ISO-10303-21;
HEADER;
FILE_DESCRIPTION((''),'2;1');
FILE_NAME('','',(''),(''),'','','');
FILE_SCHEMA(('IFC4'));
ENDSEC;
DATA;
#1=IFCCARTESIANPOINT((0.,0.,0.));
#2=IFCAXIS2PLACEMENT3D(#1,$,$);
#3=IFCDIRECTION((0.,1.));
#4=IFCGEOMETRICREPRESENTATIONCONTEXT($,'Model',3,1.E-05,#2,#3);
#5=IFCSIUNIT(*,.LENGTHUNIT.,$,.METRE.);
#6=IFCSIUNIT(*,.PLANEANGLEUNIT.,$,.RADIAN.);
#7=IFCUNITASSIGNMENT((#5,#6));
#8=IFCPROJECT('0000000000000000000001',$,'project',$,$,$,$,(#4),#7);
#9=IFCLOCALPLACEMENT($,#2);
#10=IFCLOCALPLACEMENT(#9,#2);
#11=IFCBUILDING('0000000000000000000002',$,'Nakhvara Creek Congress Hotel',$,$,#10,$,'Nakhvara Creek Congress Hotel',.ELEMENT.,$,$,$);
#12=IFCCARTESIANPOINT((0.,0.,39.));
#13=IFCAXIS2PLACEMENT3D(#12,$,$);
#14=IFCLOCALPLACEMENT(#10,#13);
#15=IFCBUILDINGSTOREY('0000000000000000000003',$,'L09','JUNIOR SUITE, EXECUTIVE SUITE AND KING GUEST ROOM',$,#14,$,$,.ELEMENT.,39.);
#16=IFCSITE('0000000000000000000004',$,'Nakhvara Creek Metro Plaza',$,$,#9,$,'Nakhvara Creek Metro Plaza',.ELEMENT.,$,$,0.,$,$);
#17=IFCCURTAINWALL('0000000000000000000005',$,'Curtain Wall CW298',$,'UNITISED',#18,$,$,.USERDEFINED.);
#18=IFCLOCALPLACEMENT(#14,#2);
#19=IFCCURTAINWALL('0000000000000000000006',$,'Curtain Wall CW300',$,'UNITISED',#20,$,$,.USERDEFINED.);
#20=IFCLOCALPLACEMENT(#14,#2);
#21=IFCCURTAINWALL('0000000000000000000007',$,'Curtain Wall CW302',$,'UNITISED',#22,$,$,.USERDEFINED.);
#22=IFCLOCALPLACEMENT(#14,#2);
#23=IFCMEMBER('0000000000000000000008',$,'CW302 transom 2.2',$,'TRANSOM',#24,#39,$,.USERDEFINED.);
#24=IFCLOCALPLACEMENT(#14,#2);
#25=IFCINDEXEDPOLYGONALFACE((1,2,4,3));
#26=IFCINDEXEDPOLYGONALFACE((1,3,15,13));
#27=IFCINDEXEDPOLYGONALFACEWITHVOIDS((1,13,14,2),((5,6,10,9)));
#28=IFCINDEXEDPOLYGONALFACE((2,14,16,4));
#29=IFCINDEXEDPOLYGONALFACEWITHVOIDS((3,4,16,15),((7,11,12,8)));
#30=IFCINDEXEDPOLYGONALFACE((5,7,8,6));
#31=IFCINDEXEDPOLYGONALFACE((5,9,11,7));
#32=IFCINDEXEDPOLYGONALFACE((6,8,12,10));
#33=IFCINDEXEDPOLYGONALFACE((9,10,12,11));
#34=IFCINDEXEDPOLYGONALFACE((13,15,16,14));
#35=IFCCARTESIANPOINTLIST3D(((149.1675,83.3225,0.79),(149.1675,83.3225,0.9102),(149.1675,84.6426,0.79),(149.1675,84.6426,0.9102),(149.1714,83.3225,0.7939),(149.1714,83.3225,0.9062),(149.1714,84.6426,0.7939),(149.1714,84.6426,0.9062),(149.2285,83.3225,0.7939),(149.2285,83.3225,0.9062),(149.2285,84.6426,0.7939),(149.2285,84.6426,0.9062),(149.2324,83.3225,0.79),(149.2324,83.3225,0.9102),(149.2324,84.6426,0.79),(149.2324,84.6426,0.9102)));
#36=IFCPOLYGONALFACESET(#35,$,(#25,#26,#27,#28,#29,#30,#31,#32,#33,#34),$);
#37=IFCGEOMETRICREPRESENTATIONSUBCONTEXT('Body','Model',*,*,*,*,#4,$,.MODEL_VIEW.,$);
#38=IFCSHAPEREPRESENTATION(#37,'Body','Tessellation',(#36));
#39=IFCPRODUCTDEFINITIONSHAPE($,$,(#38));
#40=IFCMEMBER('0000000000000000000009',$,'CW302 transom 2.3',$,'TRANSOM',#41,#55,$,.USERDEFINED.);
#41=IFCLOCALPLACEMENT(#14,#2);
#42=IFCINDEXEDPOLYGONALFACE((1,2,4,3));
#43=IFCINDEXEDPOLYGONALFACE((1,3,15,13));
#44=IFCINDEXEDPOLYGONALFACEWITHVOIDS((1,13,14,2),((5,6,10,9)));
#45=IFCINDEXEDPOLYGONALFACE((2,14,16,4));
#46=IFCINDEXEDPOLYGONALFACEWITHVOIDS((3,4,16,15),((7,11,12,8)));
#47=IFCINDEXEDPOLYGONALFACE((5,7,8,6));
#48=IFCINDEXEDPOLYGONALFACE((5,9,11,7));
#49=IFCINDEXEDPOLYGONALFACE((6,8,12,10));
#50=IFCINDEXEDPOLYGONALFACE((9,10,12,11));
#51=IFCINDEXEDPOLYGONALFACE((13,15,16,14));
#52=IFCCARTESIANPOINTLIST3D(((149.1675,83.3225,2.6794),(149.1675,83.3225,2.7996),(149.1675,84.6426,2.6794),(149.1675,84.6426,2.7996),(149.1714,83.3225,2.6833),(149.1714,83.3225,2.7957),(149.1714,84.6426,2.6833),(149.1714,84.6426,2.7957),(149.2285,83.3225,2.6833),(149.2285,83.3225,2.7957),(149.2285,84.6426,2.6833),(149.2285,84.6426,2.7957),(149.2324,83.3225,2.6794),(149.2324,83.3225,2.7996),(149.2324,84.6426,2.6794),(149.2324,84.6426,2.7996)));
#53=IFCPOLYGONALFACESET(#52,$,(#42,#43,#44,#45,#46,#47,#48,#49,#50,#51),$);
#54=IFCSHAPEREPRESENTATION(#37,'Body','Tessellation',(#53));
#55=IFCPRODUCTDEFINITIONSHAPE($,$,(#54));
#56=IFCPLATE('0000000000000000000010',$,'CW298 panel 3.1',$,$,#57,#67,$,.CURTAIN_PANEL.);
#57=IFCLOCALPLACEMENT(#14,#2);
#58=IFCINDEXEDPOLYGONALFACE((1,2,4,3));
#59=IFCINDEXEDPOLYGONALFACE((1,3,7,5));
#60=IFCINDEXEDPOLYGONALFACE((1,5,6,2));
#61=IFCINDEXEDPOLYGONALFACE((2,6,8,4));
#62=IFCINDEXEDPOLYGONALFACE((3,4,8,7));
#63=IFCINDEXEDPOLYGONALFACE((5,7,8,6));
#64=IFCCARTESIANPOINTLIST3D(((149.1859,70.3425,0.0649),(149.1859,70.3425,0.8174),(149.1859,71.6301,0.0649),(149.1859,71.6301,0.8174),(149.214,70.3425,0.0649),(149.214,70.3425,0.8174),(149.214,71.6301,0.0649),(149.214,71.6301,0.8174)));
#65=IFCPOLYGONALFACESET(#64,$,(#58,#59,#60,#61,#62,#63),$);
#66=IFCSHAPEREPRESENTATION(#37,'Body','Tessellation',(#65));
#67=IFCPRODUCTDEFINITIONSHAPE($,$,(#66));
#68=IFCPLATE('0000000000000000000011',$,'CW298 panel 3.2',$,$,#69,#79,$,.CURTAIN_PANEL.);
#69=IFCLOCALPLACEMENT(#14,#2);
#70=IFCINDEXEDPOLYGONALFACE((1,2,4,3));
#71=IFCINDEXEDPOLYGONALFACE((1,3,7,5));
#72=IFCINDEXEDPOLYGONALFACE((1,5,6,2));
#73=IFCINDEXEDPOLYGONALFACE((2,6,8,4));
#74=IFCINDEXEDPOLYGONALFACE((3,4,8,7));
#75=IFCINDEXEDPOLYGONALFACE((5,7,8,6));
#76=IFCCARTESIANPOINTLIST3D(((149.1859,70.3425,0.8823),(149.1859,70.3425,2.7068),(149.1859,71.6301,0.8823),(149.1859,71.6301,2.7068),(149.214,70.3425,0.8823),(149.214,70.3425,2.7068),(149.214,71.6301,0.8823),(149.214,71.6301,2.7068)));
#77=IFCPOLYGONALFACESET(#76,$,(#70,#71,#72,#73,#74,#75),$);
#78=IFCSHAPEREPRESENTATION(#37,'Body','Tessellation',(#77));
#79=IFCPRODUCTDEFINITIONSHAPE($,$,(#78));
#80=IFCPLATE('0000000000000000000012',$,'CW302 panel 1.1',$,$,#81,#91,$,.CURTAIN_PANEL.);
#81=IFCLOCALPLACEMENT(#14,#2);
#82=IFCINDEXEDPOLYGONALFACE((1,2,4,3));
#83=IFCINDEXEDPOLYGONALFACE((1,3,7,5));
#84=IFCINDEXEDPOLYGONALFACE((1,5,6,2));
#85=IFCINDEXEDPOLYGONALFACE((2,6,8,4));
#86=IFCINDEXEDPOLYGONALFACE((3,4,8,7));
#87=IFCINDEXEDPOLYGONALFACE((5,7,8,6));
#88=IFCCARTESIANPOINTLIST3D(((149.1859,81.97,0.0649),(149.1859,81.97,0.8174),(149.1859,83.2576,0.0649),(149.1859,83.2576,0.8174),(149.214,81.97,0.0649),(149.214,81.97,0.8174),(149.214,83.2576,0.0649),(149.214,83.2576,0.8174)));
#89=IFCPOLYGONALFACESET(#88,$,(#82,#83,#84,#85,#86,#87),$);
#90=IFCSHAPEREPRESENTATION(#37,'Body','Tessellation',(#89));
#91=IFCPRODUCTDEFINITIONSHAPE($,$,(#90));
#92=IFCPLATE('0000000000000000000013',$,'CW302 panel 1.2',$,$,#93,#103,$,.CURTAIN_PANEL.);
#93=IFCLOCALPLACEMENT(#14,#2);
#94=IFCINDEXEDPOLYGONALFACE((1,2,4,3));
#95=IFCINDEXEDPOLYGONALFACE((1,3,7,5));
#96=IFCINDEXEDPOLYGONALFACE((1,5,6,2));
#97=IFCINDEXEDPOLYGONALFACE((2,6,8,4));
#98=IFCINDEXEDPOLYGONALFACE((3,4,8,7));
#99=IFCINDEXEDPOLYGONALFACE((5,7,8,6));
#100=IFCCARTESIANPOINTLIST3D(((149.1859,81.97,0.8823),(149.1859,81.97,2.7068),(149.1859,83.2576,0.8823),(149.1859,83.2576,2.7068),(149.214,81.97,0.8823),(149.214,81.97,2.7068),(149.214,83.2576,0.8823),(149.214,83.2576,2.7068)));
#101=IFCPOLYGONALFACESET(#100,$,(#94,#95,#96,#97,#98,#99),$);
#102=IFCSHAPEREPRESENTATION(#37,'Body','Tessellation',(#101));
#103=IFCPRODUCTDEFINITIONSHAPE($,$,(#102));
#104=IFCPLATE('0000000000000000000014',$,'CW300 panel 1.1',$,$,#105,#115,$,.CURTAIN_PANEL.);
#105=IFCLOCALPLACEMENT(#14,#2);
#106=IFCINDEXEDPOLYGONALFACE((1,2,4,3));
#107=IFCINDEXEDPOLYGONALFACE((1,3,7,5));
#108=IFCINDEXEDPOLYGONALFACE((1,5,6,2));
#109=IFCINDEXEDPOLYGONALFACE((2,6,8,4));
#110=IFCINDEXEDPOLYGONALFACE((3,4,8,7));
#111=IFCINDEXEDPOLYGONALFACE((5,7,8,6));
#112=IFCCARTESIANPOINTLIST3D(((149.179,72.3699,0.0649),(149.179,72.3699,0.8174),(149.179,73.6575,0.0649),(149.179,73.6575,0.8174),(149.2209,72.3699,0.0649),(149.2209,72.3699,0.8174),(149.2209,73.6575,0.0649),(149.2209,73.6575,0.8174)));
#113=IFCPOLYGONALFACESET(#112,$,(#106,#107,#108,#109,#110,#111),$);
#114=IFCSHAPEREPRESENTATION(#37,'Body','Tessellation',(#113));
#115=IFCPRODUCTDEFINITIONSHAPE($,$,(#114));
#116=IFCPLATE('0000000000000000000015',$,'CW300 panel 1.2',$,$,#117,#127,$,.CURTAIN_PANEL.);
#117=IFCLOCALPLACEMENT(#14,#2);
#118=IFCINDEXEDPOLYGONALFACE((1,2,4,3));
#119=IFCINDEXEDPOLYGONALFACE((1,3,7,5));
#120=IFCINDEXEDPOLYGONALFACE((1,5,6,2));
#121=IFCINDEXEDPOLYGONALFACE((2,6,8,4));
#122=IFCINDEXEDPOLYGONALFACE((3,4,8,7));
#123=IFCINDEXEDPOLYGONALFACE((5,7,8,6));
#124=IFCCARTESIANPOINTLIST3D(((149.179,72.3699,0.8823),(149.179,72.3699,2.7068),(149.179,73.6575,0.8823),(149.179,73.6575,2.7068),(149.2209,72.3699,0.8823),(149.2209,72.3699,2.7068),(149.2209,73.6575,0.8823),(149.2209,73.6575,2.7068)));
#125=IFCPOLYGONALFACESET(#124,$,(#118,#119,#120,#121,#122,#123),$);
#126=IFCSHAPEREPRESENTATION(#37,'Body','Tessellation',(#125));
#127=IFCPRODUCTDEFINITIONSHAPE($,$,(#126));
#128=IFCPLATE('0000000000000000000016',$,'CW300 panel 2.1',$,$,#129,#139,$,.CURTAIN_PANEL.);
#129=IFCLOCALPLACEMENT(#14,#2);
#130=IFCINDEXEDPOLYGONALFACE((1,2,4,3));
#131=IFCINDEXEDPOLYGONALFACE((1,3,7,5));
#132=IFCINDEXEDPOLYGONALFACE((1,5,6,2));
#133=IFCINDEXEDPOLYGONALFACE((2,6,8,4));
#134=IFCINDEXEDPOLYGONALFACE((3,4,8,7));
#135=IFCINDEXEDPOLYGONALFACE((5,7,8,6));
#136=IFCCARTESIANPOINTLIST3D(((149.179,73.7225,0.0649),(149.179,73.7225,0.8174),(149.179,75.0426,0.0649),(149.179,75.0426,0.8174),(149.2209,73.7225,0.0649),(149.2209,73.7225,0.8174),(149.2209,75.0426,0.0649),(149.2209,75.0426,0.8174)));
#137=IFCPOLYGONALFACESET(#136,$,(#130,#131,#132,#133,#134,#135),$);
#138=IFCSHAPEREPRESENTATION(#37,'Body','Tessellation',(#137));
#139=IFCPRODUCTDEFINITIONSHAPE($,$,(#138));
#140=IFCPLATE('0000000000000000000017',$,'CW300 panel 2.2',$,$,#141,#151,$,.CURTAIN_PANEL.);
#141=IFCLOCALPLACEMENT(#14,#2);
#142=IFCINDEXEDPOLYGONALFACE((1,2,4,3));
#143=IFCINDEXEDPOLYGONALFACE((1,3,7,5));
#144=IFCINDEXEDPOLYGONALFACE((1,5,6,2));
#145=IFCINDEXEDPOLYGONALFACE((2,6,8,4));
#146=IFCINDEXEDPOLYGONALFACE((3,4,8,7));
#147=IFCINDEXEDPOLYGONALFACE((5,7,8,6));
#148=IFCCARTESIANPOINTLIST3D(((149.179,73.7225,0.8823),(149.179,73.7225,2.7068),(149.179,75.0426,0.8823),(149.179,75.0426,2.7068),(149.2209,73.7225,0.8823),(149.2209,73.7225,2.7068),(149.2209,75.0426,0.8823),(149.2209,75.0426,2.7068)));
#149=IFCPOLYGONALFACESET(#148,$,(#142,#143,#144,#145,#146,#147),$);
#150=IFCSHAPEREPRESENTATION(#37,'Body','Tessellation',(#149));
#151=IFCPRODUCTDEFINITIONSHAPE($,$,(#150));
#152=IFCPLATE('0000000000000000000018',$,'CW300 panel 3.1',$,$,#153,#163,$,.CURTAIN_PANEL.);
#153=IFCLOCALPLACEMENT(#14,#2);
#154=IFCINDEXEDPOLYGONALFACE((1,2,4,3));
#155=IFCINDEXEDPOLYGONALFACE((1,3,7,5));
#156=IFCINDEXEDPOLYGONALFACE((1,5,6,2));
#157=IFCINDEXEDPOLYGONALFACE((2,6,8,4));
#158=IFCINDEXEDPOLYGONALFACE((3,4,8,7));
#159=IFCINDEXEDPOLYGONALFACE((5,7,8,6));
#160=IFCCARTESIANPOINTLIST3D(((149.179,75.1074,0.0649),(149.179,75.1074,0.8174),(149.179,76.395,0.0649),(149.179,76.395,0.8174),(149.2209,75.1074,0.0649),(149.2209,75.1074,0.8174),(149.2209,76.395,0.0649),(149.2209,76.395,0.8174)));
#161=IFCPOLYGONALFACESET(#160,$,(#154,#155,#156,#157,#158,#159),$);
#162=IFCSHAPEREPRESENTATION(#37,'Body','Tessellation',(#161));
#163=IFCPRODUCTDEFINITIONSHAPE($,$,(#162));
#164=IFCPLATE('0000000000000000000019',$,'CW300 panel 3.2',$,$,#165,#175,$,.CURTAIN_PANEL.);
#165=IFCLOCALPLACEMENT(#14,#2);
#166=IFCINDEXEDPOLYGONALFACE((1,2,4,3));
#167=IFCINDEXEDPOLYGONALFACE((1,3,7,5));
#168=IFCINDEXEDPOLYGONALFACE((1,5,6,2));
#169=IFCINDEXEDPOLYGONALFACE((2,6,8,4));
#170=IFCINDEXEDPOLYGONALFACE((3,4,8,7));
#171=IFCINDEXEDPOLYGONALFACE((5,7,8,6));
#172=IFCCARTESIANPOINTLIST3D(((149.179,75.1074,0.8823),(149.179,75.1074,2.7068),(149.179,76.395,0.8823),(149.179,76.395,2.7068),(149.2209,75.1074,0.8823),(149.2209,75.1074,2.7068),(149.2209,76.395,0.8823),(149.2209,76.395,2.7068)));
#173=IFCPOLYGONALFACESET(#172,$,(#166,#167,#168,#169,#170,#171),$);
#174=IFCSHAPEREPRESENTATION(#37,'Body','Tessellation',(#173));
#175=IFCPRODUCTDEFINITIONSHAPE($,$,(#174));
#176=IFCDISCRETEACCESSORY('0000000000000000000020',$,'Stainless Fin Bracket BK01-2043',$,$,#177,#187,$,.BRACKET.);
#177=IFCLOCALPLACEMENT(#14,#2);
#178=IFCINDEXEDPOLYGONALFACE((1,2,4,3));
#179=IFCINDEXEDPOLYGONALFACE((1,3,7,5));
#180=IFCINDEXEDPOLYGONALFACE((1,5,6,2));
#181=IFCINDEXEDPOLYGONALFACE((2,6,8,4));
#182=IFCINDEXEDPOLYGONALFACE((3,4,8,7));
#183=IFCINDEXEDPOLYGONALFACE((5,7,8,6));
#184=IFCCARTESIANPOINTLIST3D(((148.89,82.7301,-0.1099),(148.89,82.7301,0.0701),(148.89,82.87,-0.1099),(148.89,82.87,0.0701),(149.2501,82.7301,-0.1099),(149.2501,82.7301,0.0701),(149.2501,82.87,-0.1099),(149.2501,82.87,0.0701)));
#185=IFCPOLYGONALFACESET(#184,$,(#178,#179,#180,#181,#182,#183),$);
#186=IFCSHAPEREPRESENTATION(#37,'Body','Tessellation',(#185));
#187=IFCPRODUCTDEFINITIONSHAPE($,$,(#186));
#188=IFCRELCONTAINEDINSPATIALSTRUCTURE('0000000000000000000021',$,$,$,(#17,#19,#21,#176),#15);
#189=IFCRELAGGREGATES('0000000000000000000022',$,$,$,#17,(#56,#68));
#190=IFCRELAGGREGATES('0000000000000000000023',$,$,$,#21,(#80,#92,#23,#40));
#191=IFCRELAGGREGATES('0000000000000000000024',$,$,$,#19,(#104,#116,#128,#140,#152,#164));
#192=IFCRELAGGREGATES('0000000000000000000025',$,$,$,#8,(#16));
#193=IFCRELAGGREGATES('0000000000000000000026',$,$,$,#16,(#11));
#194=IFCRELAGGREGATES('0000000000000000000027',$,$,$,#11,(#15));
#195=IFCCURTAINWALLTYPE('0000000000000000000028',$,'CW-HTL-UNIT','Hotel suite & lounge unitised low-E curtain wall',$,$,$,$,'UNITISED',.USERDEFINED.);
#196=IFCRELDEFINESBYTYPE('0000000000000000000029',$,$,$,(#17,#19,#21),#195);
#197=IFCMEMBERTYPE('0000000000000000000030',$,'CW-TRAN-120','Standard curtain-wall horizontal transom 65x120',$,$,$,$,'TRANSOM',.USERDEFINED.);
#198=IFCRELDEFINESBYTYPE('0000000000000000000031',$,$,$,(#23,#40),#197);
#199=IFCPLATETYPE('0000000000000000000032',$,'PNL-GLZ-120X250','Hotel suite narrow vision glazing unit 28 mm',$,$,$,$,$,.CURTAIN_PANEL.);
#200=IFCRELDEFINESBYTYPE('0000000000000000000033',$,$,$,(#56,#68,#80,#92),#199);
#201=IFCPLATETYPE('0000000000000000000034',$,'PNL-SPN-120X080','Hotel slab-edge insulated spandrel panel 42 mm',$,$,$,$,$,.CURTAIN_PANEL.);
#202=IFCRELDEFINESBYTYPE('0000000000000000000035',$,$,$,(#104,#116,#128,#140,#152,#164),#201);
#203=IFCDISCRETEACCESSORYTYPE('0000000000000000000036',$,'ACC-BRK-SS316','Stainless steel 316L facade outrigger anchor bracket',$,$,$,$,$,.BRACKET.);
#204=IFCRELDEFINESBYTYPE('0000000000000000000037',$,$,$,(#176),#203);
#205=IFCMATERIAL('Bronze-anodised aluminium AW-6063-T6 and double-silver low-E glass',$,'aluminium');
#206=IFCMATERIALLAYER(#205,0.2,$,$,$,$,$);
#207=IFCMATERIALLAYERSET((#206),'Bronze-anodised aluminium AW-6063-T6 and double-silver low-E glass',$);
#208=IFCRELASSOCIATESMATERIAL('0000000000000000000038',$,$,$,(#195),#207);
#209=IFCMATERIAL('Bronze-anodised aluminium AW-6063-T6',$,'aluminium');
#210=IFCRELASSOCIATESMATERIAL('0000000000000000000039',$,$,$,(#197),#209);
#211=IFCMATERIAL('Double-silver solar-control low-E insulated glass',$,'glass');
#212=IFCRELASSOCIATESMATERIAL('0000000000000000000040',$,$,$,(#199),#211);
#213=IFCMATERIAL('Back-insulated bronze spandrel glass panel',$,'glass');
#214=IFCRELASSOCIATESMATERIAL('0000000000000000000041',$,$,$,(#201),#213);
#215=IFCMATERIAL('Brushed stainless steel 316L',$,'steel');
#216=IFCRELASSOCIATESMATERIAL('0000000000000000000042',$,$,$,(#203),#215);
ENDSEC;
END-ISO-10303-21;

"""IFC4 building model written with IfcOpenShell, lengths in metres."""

from ifc_helpers import new_model, si_unit, direction, frame, origin, origin_2d, place, context, subcontext, project, spatial, rectangle, hollow_rectangle, extrude, material, layer, layer_set, material_profile, profile_set, type_object, element, aggregate, save


model = new_model("IFC4")

# Units and contexts
model_context = context("Model", 3, precision=1e-05, world=origin(), true_north=direction((0.0, 1.0)))
body_context = subcontext(model_context, "Body", "Model", "MODEL_VIEW")
ifc_project = project(units=[si_unit("LENGTHUNIT", "METRE"), si_unit("PLANEANGLEUNIT", "RADIAN")], contexts=[model_context])

# Site, building, storey
site_placement = place(None, origin())
site = spatial("IfcSite", under=ifc_project, at=site_placement, Name="Nakhvara Creek Metro Plaza", LongName="Nakhvara Creek Metro Plaza", CompositionType="ELEMENT", RefElevation=0.0)
building_placement = place(site_placement, origin())
building = spatial("IfcBuilding", under=site, at=building_placement, Name="Nakhvara Creek Congress Hotel", LongName="Nakhvara Creek Congress Hotel", CompositionType="ELEMENT")
storey_placement = place(building_placement, frame((0.0, 0.0, 39.0)))
storey = spatial("IfcBuildingStorey", under=building, at=storey_placement, Name="L09", Description="JUNIOR SUITE, EXECUTIVE SUITE AND KING GUEST ROOM", CompositionType="ELEMENT", Elevation=39.0)

# Curtain wall
ifc_material_1 = material(Name="Bronze-anodised aluminium AW-6063-T6 and double-silver low-E glass", Category="aluminium")
ifc_layer = layer(ifc_material_1, 0.2)
ifc_layer_set = layer_set([ifc_layer], Name="Bronze-anodised aluminium AW-6063-T6 and double-silver low-E glass")
curtain_wall_type = type_object("IfcCurtainWallType", Name="CW-HTL-UNIT", Description="Hotel suite & lounge unitised low-E curtain wall", ElementType="UNITISED", PredefinedType="USERDEFINED", material=ifc_layer_set)
curtain_wall_1_placement = place(storey_placement, origin())
curtain_wall_1 = element("IfcCurtainWall", 1, at=curtain_wall_1_placement, inside=storey, type_object=curtain_wall_type, Name="Curtain Wall CW298", ObjectType="UNITISED", PredefinedType="USERDEFINED")
ifc_material_2 = material(Name="Bronze-anodised aluminium AW-6063-T6", Category="aluminium")

# Curtain walls
curtain_wall_2_placement = place(storey_placement, origin())
curtain_wall_2 = element("IfcCurtainWall", 2, at=curtain_wall_2_placement, inside=storey, type_object=curtain_wall_type, Name="Curtain Wall CW300", ObjectType="UNITISED", PredefinedType="USERDEFINED")
curtain_wall_3_placement = place(storey_placement, origin())
curtain_wall_3 = element("IfcCurtainWall", 3, at=curtain_wall_3_placement, inside=storey, type_object=curtain_wall_type, Name="Curtain Wall CW302", ObjectType="UNITISED", PredefinedType="USERDEFINED")

# Members
ifc_material_profile_1 = material_profile(ifc_material_2, hollow_rectangle(XDim=0.0649, YDim=0.1201, WallThickness=0.0039, at=origin_2d()), Name="ALU-TRAN 65x120x4", Category="LoadBearing")
ifc_profile_set_1 = profile_set([ifc_material_profile_1], Name="Bronze-anodised aluminium AW-6063-T6")
member_type_1 = type_object("IfcMemberType", Name="CW-TRAN-120", Description="Standard curtain-wall horizontal transom 65x120", ElementType="TRANSOM", PredefinedType="USERDEFINED", material=ifc_profile_set_1)
member_1_placement = place(storey_placement, frame((149.2, 83.3225, 0.8501), z_axis=(0.0, 1.0, 0.0), x_axis=(-1.0, 0.0, 0.0)))
member_1 = element("IfcMember", 4, at=member_1_placement, type_object=member_type_1, Name="CW302 transom 2.2", ObjectType="TRANSOM", PredefinedType="USERDEFINED", context=body_context, shape_type="SweptSolid", body=[
    extrude(hollow_rectangle(XDim=0.0649, YDim=0.1201, WallThickness=0.0039, at=origin_2d()), origin(), (0.0, 0.0, 1.0), 1.3201),
])
member_2_placement = place(storey_placement, frame((149.2, 83.3225, 2.7395), z_axis=(0.0, 1.0, 0.0), x_axis=(-1.0, 0.0, 0.0)))
member_2 = element("IfcMember", 5, at=member_2_placement, type_object=member_type_1, Name="CW302 transom 2.3", ObjectType="TRANSOM", PredefinedType="USERDEFINED", context=body_context, shape_type="SweptSolid", body=[
    extrude(hollow_rectangle(XDim=0.0649, YDim=0.1201, WallThickness=0.0039, at=origin_2d()), origin(), (0.0, 0.0, 1.0), 1.3201),
])

# Plates
ifc_material_3 = material(Name="Double-silver solar-control low-E insulated glass", Category="glass")
plate_type_1 = type_object("IfcPlateType", Name="PNL-GLZ-120X250", Description="Hotel suite narrow vision glazing unit 28 mm", PredefinedType="CURTAIN_PANEL", material=ifc_material_3)
plate_1_placement = place(storey_placement, frame((149.2, 70.9863, 0.0649), z_axis=(0.0, 0.0, 1.0), x_axis=(0.0, 1.0, 0.0)))
plate_1 = element("IfcPlate", 6, at=plate_1_placement, type_object=plate_type_1, Name="CW298 panel 3.1", PredefinedType="CURTAIN_PANEL", context=body_context, shape_type="SweptSolid", body=[
    extrude(rectangle(XDim=1.2876, YDim=0.0281, at=origin_2d()), origin(), (0.0, 0.0, 1.0), 0.7524),
])
plate_2_placement = place(storey_placement, frame((149.2, 70.9863, 0.8823), z_axis=(0.0, 0.0, 1.0), x_axis=(0.0, 1.0, 0.0)))
plate_2 = element("IfcPlate", 7, at=plate_2_placement, type_object=plate_type_1, Name="CW298 panel 3.2", PredefinedType="CURTAIN_PANEL", context=body_context, shape_type="SweptSolid", body=[
    extrude(rectangle(XDim=1.2876, YDim=0.0281, at=origin_2d()), origin(), (0.0, 0.0, 1.0), 1.8245),
])
aggregate(curtain_wall_1, [plate_1, plate_2])
plate_3_placement = place(storey_placement, frame((149.2, 82.6138, 0.0649), z_axis=(0.0, 0.0, 1.0), x_axis=(0.0, 1.0, 0.0)))
plate_3 = element("IfcPlate", 8, at=plate_3_placement, type_object=plate_type_1, Name="CW302 panel 1.1", PredefinedType="CURTAIN_PANEL", context=body_context, shape_type="SweptSolid", body=[
    extrude(rectangle(XDim=1.2876, YDim=0.0281, at=origin_2d()), origin(), (0.0, 0.0, 1.0), 0.7524),
])
plate_4_placement = place(storey_placement, frame((149.2, 82.6138, 0.8823), z_axis=(0.0, 0.0, 1.0), x_axis=(0.0, 1.0, 0.0)))
plate_4 = element("IfcPlate", 9, at=plate_4_placement, type_object=plate_type_1, Name="CW302 panel 1.2", PredefinedType="CURTAIN_PANEL", context=body_context, shape_type="SweptSolid", body=[
    extrude(rectangle(XDim=1.2876, YDim=0.0281, at=origin_2d()), origin(), (0.0, 0.0, 1.0), 1.8245),
])
aggregate(curtain_wall_3, [plate_3, plate_4, member_1, member_2])
ifc_material_4 = material(Name="Back-insulated bronze spandrel glass panel", Category="glass")
plate_type_2 = type_object("IfcPlateType", Name="PNL-SPN-120X080", Description="Hotel slab-edge insulated spandrel panel 42 mm", PredefinedType="CURTAIN_PANEL", material=ifc_material_4)
plate_5_placement = place(storey_placement, frame((149.2, 73.0137, 0.0649), z_axis=(0.0, 0.0, 1.0), x_axis=(0.0, 1.0, 0.0)))
plate_5 = element("IfcPlate", 10, at=plate_5_placement, type_object=plate_type_2, Name="CW300 panel 1.1", PredefinedType="CURTAIN_PANEL", context=body_context, shape_type="SweptSolid", body=[
    extrude(rectangle(XDim=1.2876, YDim=0.042, at=origin_2d()), origin(), (0.0, 0.0, 1.0), 0.7524),
])
plate_6_placement = place(storey_placement, frame((149.2, 73.0137, 0.8823), z_axis=(0.0, 0.0, 1.0), x_axis=(0.0, 1.0, 0.0)))
plate_6 = element("IfcPlate", 11, at=plate_6_placement, type_object=plate_type_2, Name="CW300 panel 1.2", PredefinedType="CURTAIN_PANEL", context=body_context, shape_type="SweptSolid", body=[
    extrude(rectangle(XDim=1.2876, YDim=0.042, at=origin_2d()), origin(), (0.0, 0.0, 1.0), 1.8245),
])
plate_7_placement = place(storey_placement, frame((149.2, 74.3826, 0.0649), z_axis=(0.0, 0.0, 1.0), x_axis=(0.0, 1.0, 0.0)))
plate_7 = element("IfcPlate", 12, at=plate_7_placement, type_object=plate_type_2, Name="CW300 panel 2.1", PredefinedType="CURTAIN_PANEL", context=body_context, shape_type="SweptSolid", body=[
    extrude(rectangle(XDim=1.3201, YDim=0.042, at=origin_2d()), origin(), (0.0, 0.0, 1.0), 0.7524),
])
plate_8_placement = place(storey_placement, frame((149.2, 74.3826, 0.8823), z_axis=(0.0, 0.0, 1.0), x_axis=(0.0, 1.0, 0.0)))
plate_8 = element("IfcPlate", 13, at=plate_8_placement, type_object=plate_type_2, Name="CW300 panel 2.2", PredefinedType="CURTAIN_PANEL", context=body_context, shape_type="SweptSolid", body=[
    extrude(rectangle(XDim=1.3201, YDim=0.042, at=origin_2d()), origin(), (0.0, 0.0, 1.0), 1.8245),
])
plate_9_placement = place(storey_placement, frame((149.2, 75.7512, 0.0649), z_axis=(0.0, 0.0, 1.0), x_axis=(0.0, 1.0, 0.0)))
plate_9 = element("IfcPlate", 14, at=plate_9_placement, type_object=plate_type_2, Name="CW300 panel 3.1", PredefinedType="CURTAIN_PANEL", context=body_context, shape_type="SweptSolid", body=[
    extrude(rectangle(XDim=1.2876, YDim=0.042, at=origin_2d()), origin(), (0.0, 0.0, 1.0), 0.7524),
])
plate_10_placement = place(storey_placement, frame((149.2, 75.7512, 0.8823), z_axis=(0.0, 0.0, 1.0), x_axis=(0.0, 1.0, 0.0)))
plate_10 = element("IfcPlate", 15, at=plate_10_placement, type_object=plate_type_2, Name="CW300 panel 3.2", PredefinedType="CURTAIN_PANEL", context=body_context, shape_type="SweptSolid", body=[
    extrude(rectangle(XDim=1.2876, YDim=0.042, at=origin_2d()), origin(), (0.0, 0.0, 1.0), 1.8245),
])
aggregate(curtain_wall_2, [plate_5, plate_6, plate_7, plate_8, plate_9, plate_10])

# Discrete accessory
ifc_material_5 = material(Name="Brushed stainless steel 316L", Category="steel")
discrete_accessory_type = type_object("IfcDiscreteAccessoryType", Name="ACC-BRK-SS316", Description="Stainless steel 316L facade outrigger anchor bracket", PredefinedType="BRACKET", material=ifc_material_5)
discrete_accessory_placement = place(storey_placement, frame((149.0701, 82.8, -0.1099), z_axis=(0.0, 0.0, 1.0), x_axis=(0.0, 1.0, 0.0)))
element("IfcDiscreteAccessory", 16, at=discrete_accessory_placement, inside=storey, type_object=discrete_accessory_type, Name="Stainless Fin Bracket BK01-2043", PredefinedType="BRACKET", context=body_context, shape_type="SweptSolid", body=[
    extrude(rectangle(XDim=0.1399, YDim=0.3601, at=origin_2d()), origin(), (0.0, 0.0, 1.0), 0.1799),
])

save(model, "model.ifc")
